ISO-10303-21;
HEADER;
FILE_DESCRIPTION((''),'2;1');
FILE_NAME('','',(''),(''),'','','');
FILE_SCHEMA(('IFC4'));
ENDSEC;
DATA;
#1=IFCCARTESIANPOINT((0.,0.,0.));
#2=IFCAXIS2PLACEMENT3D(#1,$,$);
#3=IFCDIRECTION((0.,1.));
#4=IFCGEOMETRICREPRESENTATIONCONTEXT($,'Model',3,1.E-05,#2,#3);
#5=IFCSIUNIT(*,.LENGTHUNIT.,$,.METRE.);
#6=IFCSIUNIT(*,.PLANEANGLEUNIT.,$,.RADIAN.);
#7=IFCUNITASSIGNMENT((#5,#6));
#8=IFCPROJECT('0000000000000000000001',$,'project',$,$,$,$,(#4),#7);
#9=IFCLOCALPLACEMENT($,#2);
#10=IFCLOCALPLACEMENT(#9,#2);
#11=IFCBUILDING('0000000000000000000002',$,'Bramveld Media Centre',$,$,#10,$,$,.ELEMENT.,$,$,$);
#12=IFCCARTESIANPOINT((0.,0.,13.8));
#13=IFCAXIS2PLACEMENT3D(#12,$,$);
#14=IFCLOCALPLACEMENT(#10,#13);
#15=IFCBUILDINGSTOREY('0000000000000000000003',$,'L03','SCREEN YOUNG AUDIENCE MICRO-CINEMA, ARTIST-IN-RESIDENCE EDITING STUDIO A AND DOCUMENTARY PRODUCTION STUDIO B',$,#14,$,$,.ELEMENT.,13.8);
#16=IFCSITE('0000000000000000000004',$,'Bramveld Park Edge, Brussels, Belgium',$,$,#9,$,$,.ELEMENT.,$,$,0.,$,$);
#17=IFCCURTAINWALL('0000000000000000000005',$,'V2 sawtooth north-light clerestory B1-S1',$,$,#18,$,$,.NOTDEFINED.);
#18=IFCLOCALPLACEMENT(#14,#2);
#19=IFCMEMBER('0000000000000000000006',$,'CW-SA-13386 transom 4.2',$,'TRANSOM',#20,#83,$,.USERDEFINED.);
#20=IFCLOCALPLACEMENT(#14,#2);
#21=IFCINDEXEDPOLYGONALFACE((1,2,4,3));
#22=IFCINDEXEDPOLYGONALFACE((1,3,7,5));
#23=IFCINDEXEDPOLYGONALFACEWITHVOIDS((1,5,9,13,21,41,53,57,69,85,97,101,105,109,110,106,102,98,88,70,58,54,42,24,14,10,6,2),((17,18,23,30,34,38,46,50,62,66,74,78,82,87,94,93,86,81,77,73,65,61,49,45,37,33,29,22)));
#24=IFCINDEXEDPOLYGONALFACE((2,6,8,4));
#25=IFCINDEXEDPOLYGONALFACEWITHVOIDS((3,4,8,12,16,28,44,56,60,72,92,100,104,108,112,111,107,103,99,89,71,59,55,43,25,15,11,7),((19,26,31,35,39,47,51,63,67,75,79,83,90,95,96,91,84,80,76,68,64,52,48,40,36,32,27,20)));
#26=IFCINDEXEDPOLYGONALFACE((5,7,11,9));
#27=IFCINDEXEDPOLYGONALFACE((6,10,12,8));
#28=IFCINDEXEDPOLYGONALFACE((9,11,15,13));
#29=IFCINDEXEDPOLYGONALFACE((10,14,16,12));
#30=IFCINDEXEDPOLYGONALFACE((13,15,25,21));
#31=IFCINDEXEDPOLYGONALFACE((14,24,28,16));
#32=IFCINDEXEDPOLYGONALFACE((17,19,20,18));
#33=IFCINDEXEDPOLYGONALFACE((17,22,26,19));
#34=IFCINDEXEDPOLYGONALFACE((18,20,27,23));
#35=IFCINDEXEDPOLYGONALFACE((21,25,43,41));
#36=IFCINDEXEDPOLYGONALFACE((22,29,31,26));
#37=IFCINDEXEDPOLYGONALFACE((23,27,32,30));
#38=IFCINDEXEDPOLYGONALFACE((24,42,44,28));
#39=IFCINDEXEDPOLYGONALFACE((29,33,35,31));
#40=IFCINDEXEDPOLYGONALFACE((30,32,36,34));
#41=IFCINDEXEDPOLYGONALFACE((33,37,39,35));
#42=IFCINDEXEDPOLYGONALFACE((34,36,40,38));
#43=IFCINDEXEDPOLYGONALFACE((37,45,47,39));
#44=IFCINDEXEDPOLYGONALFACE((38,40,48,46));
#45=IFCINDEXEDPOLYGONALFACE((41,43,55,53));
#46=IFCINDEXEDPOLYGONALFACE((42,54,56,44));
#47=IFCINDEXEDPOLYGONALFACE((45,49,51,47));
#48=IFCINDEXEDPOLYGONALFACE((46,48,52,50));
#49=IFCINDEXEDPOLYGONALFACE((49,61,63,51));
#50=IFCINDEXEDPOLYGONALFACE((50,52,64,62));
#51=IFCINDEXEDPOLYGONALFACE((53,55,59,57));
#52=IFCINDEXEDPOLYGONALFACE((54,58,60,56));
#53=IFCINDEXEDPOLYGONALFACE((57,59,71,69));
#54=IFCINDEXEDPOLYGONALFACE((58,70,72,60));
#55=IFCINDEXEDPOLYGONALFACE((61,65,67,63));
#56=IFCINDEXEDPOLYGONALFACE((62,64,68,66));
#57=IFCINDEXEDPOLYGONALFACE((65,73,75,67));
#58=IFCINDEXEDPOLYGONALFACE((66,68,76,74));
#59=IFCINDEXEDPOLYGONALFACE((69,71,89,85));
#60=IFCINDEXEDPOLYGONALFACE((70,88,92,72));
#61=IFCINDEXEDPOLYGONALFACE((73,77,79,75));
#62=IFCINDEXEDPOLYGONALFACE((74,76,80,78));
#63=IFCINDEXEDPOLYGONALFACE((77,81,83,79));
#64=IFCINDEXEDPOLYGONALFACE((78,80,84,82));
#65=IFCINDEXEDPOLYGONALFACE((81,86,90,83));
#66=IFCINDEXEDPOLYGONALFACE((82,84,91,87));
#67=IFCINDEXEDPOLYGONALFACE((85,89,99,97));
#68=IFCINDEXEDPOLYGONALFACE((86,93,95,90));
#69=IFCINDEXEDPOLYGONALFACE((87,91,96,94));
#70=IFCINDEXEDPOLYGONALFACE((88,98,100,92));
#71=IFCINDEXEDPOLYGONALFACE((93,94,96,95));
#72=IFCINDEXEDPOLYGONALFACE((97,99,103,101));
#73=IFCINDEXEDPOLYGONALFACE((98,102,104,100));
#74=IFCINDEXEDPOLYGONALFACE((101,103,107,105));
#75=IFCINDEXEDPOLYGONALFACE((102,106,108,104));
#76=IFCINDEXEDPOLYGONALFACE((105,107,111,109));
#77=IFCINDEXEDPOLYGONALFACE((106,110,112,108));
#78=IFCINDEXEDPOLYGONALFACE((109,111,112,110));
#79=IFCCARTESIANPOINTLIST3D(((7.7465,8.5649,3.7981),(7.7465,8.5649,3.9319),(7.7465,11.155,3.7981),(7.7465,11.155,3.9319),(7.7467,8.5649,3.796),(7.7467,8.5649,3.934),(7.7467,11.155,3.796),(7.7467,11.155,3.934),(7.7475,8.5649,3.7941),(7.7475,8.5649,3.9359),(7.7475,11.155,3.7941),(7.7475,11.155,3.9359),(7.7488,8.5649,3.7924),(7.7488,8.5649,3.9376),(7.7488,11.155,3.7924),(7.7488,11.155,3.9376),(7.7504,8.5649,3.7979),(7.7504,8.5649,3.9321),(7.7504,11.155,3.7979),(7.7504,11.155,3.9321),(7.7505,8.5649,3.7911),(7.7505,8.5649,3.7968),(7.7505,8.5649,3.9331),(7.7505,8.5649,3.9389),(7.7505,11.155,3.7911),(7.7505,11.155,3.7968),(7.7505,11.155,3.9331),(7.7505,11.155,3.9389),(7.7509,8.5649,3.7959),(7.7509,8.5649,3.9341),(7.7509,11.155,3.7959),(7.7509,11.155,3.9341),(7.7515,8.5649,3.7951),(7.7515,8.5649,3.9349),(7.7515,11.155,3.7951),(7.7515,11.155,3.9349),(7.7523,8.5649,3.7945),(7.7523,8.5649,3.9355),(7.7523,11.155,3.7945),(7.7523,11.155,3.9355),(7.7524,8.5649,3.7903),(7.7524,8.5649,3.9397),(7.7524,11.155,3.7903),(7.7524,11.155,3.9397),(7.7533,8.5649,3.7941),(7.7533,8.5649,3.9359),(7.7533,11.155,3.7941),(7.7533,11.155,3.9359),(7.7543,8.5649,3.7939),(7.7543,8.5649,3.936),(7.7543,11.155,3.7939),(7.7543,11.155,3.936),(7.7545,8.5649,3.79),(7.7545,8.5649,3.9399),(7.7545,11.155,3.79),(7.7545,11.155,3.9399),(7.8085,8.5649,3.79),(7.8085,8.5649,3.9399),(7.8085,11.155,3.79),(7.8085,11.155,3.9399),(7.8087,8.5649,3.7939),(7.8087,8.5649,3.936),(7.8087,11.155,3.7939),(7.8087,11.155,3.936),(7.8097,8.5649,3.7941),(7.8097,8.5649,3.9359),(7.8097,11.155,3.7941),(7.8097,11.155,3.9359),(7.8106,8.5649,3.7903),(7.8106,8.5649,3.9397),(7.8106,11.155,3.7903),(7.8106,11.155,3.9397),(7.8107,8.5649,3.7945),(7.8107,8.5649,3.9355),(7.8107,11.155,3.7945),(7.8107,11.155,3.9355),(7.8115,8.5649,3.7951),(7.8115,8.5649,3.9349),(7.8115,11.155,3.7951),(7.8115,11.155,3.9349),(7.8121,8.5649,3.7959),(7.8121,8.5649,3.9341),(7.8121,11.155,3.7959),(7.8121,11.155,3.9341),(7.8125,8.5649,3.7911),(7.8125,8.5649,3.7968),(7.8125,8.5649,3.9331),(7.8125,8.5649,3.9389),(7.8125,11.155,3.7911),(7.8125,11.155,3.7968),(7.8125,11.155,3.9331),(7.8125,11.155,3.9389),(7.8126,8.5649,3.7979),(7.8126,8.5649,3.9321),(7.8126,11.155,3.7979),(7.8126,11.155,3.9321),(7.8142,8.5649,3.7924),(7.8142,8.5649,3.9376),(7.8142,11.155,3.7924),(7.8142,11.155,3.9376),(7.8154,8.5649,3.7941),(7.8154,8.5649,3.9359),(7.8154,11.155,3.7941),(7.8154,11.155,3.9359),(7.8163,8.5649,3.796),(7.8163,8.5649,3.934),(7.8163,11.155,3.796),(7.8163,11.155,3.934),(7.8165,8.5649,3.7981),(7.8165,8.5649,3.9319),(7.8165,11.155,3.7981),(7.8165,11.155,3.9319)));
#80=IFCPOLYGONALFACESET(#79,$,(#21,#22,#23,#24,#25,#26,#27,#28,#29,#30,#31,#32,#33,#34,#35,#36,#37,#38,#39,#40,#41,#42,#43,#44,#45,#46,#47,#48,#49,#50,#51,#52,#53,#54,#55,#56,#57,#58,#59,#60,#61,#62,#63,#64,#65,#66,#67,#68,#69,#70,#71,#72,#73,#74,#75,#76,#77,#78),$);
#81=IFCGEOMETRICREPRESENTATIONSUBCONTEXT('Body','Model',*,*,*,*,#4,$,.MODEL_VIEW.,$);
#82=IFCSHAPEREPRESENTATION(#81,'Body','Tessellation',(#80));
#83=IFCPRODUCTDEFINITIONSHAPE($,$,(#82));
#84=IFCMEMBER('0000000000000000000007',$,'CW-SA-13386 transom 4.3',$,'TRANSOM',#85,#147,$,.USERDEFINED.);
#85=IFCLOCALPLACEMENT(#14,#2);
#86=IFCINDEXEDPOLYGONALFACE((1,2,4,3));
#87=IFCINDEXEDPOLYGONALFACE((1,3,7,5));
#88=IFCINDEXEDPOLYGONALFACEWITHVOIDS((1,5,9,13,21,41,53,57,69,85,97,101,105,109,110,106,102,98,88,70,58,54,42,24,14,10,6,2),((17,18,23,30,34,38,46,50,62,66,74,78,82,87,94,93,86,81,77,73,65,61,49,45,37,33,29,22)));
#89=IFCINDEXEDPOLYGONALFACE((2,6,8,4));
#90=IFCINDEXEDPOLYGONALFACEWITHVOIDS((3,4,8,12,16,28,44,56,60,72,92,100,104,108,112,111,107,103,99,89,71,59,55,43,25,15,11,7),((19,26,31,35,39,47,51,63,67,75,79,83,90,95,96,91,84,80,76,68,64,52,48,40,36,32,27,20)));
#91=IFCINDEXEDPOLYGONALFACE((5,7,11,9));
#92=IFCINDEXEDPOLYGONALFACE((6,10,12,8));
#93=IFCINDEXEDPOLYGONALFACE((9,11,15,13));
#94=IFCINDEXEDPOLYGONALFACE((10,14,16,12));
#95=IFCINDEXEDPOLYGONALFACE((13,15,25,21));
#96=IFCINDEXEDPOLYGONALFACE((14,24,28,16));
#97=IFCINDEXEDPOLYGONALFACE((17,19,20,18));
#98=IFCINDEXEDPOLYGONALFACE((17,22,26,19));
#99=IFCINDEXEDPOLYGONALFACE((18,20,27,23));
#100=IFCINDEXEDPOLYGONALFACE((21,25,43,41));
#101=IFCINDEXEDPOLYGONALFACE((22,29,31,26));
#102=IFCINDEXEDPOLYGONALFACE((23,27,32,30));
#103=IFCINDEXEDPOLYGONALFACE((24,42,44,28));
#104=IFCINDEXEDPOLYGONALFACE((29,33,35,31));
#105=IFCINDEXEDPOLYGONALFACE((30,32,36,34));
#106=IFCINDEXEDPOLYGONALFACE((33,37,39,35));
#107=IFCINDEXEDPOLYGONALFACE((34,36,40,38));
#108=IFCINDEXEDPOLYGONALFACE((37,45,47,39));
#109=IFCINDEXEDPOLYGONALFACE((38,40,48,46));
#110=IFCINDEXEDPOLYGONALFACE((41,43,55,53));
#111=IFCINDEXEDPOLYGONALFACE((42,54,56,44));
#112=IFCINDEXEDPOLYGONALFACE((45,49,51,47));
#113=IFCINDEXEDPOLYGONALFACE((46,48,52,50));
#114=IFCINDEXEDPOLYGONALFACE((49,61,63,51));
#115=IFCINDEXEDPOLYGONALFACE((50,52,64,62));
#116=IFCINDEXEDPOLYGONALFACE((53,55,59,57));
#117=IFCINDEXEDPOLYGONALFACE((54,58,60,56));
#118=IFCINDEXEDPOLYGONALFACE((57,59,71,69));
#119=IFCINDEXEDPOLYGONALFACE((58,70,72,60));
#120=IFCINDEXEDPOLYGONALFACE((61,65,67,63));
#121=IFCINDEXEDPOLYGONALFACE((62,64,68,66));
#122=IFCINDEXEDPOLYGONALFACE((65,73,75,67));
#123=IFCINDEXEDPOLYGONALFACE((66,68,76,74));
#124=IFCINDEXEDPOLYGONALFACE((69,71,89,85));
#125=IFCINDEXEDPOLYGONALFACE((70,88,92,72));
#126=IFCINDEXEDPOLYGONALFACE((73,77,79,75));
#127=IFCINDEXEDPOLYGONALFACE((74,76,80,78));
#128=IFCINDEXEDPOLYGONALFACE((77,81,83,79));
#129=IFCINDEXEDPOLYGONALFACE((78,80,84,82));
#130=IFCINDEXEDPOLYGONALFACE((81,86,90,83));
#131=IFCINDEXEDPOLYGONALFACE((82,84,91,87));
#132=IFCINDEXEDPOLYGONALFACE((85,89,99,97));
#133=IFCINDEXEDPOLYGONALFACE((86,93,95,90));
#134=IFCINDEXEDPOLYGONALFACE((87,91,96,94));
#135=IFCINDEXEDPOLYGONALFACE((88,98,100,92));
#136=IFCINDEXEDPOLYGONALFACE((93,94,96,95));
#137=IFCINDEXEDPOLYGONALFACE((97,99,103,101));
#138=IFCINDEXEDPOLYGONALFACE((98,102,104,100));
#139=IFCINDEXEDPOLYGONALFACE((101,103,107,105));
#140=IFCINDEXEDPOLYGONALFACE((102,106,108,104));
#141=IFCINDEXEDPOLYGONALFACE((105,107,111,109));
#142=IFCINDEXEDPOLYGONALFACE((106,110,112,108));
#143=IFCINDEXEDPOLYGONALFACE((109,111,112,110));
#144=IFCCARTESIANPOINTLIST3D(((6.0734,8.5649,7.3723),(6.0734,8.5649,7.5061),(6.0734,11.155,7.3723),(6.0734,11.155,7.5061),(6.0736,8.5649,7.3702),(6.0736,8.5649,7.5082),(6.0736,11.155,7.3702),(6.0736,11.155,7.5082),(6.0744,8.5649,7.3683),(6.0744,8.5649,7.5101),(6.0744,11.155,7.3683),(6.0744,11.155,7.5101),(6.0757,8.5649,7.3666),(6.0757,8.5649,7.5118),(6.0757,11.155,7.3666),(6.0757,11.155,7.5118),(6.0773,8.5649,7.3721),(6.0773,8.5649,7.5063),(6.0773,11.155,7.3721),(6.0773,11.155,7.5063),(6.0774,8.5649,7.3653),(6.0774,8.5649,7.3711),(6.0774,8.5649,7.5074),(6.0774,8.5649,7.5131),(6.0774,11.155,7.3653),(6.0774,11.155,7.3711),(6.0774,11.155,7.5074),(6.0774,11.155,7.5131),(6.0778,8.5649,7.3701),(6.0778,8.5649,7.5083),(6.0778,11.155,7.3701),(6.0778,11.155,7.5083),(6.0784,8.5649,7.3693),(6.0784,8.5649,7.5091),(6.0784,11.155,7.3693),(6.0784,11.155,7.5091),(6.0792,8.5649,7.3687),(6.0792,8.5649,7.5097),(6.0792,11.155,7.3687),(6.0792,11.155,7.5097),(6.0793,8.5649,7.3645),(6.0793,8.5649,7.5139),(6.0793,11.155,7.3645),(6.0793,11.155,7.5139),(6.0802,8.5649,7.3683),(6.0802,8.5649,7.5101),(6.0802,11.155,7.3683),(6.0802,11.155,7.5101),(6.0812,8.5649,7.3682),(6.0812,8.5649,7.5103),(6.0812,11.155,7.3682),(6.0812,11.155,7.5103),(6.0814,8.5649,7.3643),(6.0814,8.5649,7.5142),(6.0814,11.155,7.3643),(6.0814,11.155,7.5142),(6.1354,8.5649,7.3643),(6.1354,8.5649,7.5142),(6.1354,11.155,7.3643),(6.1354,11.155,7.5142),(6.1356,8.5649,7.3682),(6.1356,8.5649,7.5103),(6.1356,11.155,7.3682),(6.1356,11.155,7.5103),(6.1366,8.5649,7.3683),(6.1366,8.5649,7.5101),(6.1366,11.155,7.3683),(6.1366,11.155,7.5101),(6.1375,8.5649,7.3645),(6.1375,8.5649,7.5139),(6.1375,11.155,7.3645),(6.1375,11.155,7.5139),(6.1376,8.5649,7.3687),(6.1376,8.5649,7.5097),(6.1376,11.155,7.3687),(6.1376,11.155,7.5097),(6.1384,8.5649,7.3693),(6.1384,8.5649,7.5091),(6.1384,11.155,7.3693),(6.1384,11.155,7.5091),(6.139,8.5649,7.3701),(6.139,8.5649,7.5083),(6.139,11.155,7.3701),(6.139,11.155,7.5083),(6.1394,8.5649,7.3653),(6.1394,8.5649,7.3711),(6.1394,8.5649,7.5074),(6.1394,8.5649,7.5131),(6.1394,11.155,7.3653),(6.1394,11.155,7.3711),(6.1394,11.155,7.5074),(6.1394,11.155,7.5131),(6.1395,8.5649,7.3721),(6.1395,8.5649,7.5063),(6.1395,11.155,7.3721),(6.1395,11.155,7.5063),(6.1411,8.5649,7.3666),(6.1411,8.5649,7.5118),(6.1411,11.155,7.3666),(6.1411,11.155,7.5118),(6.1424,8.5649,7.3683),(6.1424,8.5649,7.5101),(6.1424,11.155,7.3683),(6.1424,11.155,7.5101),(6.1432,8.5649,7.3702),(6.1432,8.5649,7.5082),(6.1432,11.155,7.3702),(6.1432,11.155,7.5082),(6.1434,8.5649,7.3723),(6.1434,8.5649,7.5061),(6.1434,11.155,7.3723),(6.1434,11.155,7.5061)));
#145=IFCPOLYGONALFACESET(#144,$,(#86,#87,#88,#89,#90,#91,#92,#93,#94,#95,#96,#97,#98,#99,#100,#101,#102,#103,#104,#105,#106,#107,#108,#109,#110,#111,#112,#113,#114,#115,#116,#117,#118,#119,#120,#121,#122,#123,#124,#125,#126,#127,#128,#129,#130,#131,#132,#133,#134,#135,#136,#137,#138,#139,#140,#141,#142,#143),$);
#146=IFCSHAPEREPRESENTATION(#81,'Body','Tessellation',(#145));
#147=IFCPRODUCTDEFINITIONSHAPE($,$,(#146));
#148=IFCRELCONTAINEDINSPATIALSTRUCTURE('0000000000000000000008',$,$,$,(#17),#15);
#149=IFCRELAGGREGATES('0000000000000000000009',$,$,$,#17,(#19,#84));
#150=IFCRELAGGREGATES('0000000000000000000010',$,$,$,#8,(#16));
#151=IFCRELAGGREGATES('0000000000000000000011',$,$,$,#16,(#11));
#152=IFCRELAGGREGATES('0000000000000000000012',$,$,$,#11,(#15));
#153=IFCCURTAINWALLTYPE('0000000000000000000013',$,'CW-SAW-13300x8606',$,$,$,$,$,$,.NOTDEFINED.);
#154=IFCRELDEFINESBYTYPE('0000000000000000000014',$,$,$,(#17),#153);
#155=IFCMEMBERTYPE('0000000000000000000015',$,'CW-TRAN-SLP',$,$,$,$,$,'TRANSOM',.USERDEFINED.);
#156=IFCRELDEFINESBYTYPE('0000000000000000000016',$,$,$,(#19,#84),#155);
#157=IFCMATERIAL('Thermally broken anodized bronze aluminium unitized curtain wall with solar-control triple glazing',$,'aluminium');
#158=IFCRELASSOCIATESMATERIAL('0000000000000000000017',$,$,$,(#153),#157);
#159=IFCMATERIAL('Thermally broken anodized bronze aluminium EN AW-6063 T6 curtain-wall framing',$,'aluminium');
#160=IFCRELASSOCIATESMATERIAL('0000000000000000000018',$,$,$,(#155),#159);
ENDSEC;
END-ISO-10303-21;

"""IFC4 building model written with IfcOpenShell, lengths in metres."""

from ifc_helpers import new_model, si_unit, direction, frame, origin, origin_2d, place, context, subcontext, project, spatial, hollow_rectangle, extrude, material, material_profile, profile_set, type_object, element, aggregate, save


model = new_model("IFC4")

# Units and contexts
model_context = context("Model", 3, precision=1e-05, world=origin(), true_north=direction((0.0, 1.0)))
body_context = subcontext(model_context, "Body", "Model", "MODEL_VIEW")
ifc_project = project(units=[si_unit("LENGTHUNIT", "METRE"), si_unit("PLANEANGLEUNIT", "RADIAN")], contexts=[model_context])

# Site, building, storey
site_placement = place(None, origin())
site = spatial("IfcSite", under=ifc_project, at=site_placement, Name="Bramveld Park Edge, Brussels, Belgium", CompositionType="ELEMENT", RefElevation=0.0)
building_placement = place(site_placement, origin())
building = spatial("IfcBuilding", under=site, at=building_placement, Name="Bramveld Media Centre", CompositionType="ELEMENT")
storey_placement = place(building_placement, frame((0.0, 0.0, 13.8)))
storey = spatial("IfcBuildingStorey", under=building, at=storey_placement, Name="L03", Description="SCREEN YOUNG AUDIENCE MICRO-CINEMA, ARTIST-IN-RESIDENCE EDITING STUDIO A AND DOCUMENTARY PRODUCTION STUDIO B", CompositionType="ELEMENT", Elevation=13.8)

# Curtain wall, members
ifc_material_1 = material(Name="Thermally broken anodized bronze aluminium unitized curtain wall with solar-control triple glazing", Category="aluminium")
curtain_wall_type = type_object("IfcCurtainWallType", Name="CW-SAW-13300x8606", PredefinedType="NOTDEFINED", material=ifc_material_1)
curtain_wall_1_placement = place(storey_placement, origin())
curtain_wall_1 = element("IfcCurtainWall", 1, at=curtain_wall_1_placement, inside=storey, type_object=curtain_wall_type, Name="V2 sawtooth north-light clerestory B1-S1", PredefinedType="NOTDEFINED")
ifc_material_2 = material(Name="Thermally broken anodized bronze aluminium EN AW-6063 T6 curtain-wall framing", Category="aluminium")
ifc_material_profile_1 = material_profile(ifc_material_2, hollow_rectangle(XDim=0.0701, YDim=0.1499, WallThickness=0.0039, InnerFilletRadius=0.0039, OuterFilletRadius=0.0081, at=origin_2d()), Name="AL-TRAN 70x150")
ifc_profile_set_1 = profile_set([ifc_material_profile_1], Name="Thermally broken anodized bronze aluminium EN AW-6063 T6 curtain-wall framing")
member_type_1 = type_object("IfcMemberType", Name="CW-TRAN-SLP", ElementType="TRANSOM", PredefinedType="USERDEFINED", material=ifc_profile_set_1)
member_1_placement = place(storey_placement, frame((7.7815, 8.5649, 3.865), z_axis=(0.0, 1.0, 0.0), x_axis=(-1.0, 0.0, 0.0)))
member_1 = element("IfcMember", 2, at=member_1_placement, type_object=member_type_1, Name="CW-SA-13386 transom 4.2", ObjectType="TRANSOM", PredefinedType="USERDEFINED", context=body_context, shape_type="SweptSolid", body=[
    extrude(hollow_rectangle(XDim=0.0701, YDim=0.1499, WallThickness=0.0039, InnerFilletRadius=0.0039, OuterFilletRadius=0.0081, at=origin_2d()), origin(), (0.0, 0.0, 1.0), 2.5901),
])
member_2_placement = place(storey_placement, frame((6.1084, 8.5649, 7.4392), z_axis=(0.0, 1.0, 0.0), x_axis=(-1.0, 0.0, 0.0)))
member_2 = element("IfcMember", 3, at=member_2_placement, type_object=member_type_1, Name="CW-SA-13386 transom 4.3", ObjectType="TRANSOM", PredefinedType="USERDEFINED", context=body_context, shape_type="SweptSolid", body=[
    extrude(hollow_rectangle(XDim=0.0701, YDim=0.1499, WallThickness=0.0039, InnerFilletRadius=0.0039, OuterFilletRadius=0.0081, at=origin_2d()), origin(), (0.0, 0.0, 1.0), 2.5901),
])

aggregate(curtain_wall_1, [member_1, member_2])

save(model, "model.ifc")
